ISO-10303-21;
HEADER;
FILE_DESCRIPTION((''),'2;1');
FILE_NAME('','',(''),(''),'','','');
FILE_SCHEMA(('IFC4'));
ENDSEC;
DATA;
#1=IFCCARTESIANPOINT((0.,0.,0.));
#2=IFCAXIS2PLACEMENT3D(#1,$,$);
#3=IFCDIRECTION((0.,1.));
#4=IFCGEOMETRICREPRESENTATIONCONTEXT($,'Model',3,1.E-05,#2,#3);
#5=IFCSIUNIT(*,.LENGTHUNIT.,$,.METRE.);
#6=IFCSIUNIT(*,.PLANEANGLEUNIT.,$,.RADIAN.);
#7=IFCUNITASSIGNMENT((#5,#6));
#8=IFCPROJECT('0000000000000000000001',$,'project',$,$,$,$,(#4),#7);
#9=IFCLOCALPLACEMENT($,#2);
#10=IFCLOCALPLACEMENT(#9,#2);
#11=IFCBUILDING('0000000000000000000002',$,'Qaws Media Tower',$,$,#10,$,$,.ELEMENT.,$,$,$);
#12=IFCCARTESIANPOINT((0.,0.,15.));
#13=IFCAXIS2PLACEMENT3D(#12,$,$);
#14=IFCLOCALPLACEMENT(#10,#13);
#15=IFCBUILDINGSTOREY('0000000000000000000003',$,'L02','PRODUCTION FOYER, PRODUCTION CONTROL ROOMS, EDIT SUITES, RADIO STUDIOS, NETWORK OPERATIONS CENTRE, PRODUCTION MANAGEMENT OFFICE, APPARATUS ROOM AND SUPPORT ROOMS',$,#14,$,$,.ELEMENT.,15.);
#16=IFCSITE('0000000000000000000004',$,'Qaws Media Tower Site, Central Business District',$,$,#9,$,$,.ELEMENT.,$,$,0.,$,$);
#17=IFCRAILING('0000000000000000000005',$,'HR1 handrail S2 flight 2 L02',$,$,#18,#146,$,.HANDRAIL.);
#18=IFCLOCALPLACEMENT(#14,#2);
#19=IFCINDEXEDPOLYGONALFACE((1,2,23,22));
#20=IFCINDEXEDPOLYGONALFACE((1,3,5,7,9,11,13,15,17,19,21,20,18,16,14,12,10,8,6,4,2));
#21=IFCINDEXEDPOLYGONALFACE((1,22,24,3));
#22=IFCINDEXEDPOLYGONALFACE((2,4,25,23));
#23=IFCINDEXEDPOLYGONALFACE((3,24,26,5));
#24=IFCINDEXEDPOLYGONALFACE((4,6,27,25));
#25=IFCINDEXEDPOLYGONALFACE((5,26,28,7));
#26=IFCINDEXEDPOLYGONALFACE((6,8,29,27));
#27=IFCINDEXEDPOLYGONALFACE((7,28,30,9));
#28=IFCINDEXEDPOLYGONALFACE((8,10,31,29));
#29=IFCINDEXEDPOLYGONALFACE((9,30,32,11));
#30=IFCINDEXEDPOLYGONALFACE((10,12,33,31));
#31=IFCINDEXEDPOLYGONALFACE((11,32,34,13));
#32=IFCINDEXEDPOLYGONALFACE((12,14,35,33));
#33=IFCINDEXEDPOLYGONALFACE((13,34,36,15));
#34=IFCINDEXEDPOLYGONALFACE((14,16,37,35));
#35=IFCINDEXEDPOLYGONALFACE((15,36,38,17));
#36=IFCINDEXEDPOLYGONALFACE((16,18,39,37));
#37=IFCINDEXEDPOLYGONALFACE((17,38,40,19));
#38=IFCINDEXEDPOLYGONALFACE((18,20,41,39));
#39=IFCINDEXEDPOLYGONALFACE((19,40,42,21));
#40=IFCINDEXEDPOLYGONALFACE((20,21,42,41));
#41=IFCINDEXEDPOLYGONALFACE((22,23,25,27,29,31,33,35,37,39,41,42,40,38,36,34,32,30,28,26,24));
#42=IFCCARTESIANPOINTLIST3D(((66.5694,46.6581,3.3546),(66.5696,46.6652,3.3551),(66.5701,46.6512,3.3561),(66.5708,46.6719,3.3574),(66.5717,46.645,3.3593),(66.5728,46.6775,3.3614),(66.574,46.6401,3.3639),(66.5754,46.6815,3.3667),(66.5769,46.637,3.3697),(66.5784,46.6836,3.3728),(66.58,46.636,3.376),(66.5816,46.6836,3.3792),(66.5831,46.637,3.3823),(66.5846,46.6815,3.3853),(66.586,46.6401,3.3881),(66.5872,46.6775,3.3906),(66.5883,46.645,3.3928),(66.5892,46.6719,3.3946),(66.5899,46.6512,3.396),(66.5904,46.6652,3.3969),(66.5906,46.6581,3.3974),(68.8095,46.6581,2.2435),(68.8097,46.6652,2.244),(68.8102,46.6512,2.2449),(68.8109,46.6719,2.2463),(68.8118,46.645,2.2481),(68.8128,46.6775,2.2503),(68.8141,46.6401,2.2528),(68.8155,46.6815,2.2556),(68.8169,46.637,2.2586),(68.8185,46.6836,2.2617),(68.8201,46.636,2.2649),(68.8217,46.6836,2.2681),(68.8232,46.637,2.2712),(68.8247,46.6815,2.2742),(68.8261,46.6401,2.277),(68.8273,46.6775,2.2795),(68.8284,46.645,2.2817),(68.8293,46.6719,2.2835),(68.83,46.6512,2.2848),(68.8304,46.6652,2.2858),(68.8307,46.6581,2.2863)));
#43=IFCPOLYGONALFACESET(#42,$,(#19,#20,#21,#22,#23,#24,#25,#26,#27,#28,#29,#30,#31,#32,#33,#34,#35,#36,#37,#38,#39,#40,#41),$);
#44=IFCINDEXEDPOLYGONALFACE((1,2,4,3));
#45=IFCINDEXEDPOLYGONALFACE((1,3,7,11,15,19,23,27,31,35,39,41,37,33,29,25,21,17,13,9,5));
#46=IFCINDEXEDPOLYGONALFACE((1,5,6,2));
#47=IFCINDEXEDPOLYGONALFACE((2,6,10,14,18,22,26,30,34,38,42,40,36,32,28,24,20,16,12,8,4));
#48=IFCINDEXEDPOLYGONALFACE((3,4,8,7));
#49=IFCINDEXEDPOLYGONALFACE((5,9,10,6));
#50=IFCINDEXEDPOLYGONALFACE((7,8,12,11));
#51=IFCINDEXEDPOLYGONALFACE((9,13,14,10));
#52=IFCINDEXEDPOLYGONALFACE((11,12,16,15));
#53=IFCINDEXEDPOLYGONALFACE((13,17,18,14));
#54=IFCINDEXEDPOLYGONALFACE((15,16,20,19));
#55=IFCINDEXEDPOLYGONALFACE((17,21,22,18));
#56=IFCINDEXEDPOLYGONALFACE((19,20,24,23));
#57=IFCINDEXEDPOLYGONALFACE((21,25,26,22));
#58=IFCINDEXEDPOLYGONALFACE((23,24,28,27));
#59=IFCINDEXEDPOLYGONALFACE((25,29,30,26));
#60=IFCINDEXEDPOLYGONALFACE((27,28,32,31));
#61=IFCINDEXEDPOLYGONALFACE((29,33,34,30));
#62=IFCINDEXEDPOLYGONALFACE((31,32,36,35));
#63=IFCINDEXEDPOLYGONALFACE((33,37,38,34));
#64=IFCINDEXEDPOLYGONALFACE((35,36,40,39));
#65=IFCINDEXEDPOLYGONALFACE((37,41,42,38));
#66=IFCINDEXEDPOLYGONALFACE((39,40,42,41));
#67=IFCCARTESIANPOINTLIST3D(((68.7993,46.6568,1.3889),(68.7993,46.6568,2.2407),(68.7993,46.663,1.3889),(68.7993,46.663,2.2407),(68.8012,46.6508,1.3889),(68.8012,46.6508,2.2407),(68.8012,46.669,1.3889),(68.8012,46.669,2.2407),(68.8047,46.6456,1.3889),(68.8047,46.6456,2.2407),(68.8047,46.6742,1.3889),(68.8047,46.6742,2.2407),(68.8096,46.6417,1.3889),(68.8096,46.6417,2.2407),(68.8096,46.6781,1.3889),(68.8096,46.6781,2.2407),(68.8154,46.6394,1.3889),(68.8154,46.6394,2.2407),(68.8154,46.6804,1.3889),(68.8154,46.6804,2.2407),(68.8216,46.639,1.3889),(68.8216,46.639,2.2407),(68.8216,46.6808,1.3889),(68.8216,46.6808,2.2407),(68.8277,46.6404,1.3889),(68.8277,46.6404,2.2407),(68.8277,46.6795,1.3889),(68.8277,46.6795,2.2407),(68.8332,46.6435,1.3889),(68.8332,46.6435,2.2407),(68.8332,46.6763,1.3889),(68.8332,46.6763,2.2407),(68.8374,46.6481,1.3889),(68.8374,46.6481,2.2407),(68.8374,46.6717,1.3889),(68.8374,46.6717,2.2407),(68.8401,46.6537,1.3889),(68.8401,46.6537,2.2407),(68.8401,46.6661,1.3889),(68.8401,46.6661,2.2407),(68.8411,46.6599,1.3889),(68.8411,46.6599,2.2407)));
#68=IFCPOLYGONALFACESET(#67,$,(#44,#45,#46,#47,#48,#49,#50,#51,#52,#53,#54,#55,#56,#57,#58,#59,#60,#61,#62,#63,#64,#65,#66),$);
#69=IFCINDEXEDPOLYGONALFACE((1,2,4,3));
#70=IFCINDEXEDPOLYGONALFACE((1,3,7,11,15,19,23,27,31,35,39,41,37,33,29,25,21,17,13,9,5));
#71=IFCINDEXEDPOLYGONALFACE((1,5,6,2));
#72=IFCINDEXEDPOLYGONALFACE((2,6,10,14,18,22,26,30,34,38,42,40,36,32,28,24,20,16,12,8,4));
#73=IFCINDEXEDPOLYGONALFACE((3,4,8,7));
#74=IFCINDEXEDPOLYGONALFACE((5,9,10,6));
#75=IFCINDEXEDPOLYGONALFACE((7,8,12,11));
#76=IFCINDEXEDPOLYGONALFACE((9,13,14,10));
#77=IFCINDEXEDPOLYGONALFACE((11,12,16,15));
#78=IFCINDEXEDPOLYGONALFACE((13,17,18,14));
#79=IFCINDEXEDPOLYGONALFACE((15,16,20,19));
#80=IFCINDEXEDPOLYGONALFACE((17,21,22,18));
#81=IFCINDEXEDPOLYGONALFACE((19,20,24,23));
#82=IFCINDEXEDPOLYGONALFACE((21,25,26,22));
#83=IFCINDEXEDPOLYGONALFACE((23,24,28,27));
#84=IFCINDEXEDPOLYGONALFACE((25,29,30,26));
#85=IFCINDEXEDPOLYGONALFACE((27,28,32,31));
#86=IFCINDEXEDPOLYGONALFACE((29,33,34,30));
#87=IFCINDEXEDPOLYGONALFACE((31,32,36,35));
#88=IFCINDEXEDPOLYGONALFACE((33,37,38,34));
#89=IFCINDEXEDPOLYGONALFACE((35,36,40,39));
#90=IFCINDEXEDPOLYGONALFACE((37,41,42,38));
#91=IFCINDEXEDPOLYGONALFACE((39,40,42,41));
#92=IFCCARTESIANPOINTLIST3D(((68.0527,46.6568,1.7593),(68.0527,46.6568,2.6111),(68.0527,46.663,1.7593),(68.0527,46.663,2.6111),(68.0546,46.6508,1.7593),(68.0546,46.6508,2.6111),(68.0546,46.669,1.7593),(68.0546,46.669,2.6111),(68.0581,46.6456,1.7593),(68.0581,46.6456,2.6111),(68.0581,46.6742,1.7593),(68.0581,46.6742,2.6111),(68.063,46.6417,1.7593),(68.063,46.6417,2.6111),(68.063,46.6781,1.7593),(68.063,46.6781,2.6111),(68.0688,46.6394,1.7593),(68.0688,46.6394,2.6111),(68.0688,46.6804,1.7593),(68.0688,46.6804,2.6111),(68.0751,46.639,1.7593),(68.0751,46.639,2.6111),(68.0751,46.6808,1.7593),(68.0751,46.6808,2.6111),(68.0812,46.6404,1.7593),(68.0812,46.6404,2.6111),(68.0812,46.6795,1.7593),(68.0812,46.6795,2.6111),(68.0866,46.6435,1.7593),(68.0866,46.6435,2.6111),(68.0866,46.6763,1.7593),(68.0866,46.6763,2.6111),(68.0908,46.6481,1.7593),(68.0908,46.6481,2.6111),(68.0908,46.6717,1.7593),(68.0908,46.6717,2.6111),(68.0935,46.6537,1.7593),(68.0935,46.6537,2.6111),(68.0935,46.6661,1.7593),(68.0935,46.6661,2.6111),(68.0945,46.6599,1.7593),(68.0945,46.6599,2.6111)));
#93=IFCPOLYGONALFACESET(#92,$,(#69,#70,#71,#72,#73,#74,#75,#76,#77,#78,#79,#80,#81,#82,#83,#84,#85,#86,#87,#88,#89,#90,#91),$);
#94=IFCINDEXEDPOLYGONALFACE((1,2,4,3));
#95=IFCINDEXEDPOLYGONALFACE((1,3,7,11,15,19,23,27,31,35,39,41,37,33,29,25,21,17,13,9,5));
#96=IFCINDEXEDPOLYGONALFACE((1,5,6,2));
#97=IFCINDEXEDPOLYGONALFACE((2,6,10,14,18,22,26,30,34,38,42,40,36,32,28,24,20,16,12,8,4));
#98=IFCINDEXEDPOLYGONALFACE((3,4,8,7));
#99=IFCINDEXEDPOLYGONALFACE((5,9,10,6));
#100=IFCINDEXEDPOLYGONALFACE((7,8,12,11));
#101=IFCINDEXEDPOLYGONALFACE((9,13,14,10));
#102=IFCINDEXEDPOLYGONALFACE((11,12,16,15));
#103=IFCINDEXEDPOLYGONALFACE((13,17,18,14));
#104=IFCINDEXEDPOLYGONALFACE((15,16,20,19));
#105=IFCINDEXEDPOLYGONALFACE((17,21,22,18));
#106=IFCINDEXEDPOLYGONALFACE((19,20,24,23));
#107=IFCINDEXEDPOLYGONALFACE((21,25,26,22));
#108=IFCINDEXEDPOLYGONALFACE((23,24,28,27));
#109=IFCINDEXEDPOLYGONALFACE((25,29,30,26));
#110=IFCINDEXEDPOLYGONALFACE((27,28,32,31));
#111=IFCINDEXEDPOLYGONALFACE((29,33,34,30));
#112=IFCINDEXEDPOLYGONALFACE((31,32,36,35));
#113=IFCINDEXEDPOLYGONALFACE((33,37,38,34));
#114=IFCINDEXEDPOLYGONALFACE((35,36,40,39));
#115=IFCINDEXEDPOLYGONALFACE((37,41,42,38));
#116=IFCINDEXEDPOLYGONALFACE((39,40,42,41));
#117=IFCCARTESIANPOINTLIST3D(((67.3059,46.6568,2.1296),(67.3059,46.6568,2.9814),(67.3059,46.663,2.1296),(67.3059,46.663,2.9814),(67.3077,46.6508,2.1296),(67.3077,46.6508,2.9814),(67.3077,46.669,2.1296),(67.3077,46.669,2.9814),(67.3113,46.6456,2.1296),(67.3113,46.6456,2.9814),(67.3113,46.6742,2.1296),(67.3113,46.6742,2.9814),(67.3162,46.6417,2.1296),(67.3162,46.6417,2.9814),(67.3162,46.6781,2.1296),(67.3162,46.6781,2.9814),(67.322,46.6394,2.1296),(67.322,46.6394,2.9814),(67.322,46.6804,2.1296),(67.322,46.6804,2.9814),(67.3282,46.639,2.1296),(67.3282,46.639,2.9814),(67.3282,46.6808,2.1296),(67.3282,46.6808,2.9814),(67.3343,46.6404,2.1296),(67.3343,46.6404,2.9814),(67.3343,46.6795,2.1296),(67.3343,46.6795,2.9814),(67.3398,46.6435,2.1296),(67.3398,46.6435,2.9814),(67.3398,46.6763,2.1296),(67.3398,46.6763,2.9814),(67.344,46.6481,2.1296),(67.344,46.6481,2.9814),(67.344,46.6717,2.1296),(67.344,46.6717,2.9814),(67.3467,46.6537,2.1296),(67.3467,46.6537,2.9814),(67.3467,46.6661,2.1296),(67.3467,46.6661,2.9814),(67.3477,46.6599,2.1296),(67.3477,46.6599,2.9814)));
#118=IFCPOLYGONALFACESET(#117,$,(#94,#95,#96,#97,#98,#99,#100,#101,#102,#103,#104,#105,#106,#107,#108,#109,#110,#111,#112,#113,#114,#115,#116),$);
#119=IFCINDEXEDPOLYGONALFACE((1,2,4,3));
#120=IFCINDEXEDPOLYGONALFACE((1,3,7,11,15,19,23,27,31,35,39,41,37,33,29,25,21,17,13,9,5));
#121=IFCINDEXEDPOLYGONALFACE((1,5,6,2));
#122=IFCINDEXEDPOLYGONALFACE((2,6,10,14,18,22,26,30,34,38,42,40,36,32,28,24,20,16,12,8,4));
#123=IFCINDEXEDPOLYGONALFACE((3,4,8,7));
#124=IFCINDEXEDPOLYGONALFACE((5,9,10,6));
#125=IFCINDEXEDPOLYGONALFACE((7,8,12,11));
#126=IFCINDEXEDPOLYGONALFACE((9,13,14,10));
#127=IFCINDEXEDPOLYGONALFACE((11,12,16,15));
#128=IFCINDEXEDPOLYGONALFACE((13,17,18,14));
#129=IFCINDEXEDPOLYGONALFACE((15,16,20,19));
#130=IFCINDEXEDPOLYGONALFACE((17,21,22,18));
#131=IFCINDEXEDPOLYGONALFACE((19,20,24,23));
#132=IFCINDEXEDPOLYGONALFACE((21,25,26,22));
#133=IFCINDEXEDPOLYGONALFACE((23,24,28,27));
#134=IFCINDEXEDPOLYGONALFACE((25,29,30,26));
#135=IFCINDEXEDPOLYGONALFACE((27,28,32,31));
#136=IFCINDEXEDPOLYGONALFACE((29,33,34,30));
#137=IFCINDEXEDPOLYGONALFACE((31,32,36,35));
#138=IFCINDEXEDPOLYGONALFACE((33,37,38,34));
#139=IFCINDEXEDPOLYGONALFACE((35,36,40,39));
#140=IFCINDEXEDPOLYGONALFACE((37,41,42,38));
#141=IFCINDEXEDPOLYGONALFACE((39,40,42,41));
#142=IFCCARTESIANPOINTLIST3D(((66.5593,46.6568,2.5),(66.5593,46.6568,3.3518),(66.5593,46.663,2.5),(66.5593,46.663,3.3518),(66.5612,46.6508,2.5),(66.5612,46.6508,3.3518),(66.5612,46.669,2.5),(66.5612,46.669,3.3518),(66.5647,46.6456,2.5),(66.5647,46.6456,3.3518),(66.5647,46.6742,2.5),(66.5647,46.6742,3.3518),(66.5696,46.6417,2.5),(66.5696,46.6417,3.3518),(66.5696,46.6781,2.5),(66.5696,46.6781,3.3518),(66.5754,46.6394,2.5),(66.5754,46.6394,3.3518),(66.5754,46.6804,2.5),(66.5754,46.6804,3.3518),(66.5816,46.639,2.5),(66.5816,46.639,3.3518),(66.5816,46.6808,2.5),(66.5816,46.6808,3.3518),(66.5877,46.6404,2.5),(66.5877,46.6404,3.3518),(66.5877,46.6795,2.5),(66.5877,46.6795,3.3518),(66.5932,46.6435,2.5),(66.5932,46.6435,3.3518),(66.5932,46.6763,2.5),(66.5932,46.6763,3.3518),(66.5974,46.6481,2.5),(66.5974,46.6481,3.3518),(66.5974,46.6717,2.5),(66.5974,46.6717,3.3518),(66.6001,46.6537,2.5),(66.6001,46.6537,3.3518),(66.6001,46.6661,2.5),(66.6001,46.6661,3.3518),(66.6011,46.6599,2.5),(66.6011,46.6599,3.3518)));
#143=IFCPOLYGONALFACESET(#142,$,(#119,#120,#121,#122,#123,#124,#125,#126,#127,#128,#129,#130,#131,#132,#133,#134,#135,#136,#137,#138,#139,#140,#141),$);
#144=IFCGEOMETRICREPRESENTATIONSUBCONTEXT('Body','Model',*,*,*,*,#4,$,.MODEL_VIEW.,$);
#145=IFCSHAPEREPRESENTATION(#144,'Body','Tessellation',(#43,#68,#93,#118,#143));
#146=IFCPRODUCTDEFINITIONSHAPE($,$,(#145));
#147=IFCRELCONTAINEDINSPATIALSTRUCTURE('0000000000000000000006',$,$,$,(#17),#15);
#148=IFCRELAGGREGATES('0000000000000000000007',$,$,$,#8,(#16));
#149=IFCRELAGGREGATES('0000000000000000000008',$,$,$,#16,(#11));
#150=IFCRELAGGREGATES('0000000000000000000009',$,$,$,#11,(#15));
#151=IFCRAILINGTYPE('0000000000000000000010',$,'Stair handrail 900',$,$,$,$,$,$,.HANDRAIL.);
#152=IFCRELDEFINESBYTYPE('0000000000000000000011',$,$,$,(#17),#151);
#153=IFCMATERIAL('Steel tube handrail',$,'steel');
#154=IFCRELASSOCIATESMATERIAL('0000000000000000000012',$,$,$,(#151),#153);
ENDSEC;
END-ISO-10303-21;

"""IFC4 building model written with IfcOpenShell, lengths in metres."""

from ifc_helpers import new_model, si_unit, direction, frame, origin, origin_2d, place, context, subcontext, project, spatial, circle, extrude, material, type_object, element, save


model = new_model("IFC4")

# Units and contexts
model_context = context("Model", 3, precision=1e-05, world=origin(), true_north=direction((0.0, 1.0)))
body_context = subcontext(model_context, "Body", "Model", "MODEL_VIEW")
ifc_project = project(units=[si_unit("LENGTHUNIT", "METRE"), si_unit("PLANEANGLEUNIT", "RADIAN")], contexts=[model_context])

# Site, building, storey
site_placement = place(None, origin())
site = spatial("IfcSite", under=ifc_project, at=site_placement, Name="Qaws Media Tower Site, Central Business District", CompositionType="ELEMENT", RefElevation=0.0)
building_placement = place(site_placement, origin())
building = spatial("IfcBuilding", under=site, at=building_placement, Name="Qaws Media Tower", CompositionType="ELEMENT")
storey_placement = place(building_placement, frame((0.0, 0.0, 15.0)))
storey = spatial("IfcBuildingStorey", under=building, at=storey_placement, Name="L02", Description="PRODUCTION FOYER, PRODUCTION CONTROL ROOMS, EDIT SUITES, RADIO STUDIOS, NETWORK OPERATIONS CENTRE, PRODUCTION MANAGEMENT OFFICE, APPARATUS ROOM AND SUPPORT ROOMS", CompositionType="ELEMENT", Elevation=15.0)

# Railing
ifc_material_1 = material(Name="Steel tube handrail", Category="steel")
railing_type = type_object("IfcRailingType", Name="Stair handrail 900", PredefinedType="HANDRAIL", material=ifc_material_1)
for number, where, name in (
    (1, (68.8201, 46.6599, 1.3889), "HR1 handrail S2 flight 2 L02"),
):
    element("IfcRailing", number, at=place(storey_placement, frame(where)), inside=storey, type_object=railing_type, Name=name, PredefinedType="HANDRAIL", context=body_context, shape_type="SweptSolid", body=[
        extrude(circle(Radius=0.0239, at=origin_2d()), frame((0.0, 0.0, 0.876), z_axis=(-0.895848, 0.0, 0.44436), x_axis=(0.0, -1.0, 0.0)), (0.0, 0.0, 1.0), 2.5005),
        extrude(circle(Radius=0.021, at=origin_2d()), origin(), (0.0, 0.0, 1.0), 0.8518),
        extrude(circle(Radius=0.021, at=origin_2d()), frame((-0.7466, 0.0, 0.3704)), (0.0, 0.0, 1.0), 0.8518),
        extrude(circle(Radius=0.021, at=origin_2d()), frame((-1.4934, 0.0, 0.7407)), (0.0, 0.0, 1.0), 0.8518),
        extrude(circle(Radius=0.021, at=origin_2d()), frame((-2.24, 0.0, 1.1111)), (0.0, 0.0, 1.0), 0.8518),
    ])

save(model, "model.ifc")
